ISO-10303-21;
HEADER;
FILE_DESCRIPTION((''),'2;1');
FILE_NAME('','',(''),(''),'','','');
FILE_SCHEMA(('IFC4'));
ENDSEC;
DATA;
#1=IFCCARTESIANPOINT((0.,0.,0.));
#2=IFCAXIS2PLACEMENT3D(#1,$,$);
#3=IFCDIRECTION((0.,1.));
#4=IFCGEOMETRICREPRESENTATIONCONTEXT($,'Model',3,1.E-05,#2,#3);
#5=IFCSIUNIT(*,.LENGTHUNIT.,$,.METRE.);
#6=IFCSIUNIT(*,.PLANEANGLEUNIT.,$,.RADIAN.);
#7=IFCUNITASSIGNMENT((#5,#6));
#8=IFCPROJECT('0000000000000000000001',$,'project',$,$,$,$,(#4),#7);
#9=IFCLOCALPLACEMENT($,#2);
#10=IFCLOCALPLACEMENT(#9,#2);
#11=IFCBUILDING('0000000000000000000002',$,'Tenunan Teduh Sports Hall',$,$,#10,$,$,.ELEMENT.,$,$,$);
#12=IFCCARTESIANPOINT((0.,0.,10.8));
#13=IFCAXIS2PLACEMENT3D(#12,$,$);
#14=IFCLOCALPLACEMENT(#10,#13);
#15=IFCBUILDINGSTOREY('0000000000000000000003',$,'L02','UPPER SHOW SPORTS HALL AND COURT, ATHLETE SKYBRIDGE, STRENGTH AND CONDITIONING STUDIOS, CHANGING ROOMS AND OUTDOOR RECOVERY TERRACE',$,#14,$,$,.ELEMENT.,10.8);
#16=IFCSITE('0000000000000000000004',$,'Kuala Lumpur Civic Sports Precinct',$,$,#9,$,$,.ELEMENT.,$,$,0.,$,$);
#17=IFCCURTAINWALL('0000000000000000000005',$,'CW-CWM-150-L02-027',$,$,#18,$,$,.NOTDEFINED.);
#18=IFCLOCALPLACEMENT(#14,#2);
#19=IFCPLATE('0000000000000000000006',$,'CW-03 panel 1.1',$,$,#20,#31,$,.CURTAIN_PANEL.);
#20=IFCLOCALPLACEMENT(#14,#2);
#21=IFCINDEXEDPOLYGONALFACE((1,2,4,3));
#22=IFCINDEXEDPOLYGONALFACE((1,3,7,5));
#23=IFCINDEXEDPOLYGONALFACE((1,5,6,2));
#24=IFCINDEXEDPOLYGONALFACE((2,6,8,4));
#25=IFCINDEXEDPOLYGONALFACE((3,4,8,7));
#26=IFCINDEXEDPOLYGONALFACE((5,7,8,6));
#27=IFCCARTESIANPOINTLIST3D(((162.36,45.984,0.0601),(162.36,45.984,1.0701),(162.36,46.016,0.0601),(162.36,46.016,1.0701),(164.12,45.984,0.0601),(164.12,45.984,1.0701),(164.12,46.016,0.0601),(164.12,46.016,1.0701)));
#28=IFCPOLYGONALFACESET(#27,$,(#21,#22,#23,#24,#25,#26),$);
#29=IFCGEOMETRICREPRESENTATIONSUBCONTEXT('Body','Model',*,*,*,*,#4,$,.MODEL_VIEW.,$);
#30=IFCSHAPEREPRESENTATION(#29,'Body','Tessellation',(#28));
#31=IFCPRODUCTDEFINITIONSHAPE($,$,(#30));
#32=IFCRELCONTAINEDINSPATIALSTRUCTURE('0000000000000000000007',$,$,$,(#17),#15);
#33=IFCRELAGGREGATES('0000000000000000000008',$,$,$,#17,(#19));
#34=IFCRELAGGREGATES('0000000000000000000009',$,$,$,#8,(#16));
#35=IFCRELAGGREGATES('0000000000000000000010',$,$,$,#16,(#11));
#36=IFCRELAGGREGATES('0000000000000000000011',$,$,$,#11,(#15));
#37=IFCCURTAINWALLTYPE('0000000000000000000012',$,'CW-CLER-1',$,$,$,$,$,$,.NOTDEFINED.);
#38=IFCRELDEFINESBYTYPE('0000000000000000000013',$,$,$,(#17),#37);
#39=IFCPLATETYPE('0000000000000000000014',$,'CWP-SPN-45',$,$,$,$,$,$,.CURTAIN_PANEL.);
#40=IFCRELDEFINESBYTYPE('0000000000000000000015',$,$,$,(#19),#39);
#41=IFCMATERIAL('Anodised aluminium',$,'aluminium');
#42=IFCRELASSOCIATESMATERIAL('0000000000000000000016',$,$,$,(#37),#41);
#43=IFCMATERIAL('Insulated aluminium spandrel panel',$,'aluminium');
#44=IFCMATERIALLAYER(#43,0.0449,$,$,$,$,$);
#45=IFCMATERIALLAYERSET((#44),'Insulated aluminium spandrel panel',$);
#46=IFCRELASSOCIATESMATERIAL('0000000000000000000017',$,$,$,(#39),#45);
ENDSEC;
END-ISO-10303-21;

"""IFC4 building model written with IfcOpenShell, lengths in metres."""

from ifc_helpers import new_model, si_unit, direction, frame, origin, origin_2d, place, context, subcontext, project, spatial, rectangle, extrude, material, layer, layer_set, type_object, element, aggregate, save


model = new_model("IFC4")

# Units and contexts
model_context = context("Model", 3, precision=1e-05, world=origin(), true_north=direction((0.0, 1.0)))
body_context = subcontext(model_context, "Body", "Model", "MODEL_VIEW")
ifc_project = project(units=[si_unit("LENGTHUNIT", "METRE"), si_unit("PLANEANGLEUNIT", "RADIAN")], contexts=[model_context])

# Site, building, storey
site_placement = place(None, origin())
site = spatial("IfcSite", under=ifc_project, at=site_placement, Name="Kuala Lumpur Civic Sports Precinct", CompositionType="ELEMENT", RefElevation=0.0)
building_placement = place(site_placement, origin())
building = spatial("IfcBuilding", under=site, at=building_placement, Name="Tenunan Teduh Sports Hall", CompositionType="ELEMENT")
storey_placement = place(building_placement, frame((0.0, 0.0, 10.8)))
storey = spatial("IfcBuildingStorey", under=building, at=storey_placement, Name="L02", Description="UPPER SHOW SPORTS HALL AND COURT, ATHLETE SKYBRIDGE, STRENGTH AND CONDITIONING STUDIOS, CHANGING ROOMS AND OUTDOOR RECOVERY TERRACE", CompositionType="ELEMENT", Elevation=10.8)

# Curtain wall
ifc_material_1 = material(Name="Anodised aluminium", Category="aluminium")
curtain_wall_type = type_object("IfcCurtainWallType", Name="CW-CLER-1", PredefinedType="NOTDEFINED", material=ifc_material_1)
curtain_wall_1_placement = place(storey_placement, origin())
curtain_wall_1 = element("IfcCurtainWall", 1, at=curtain_wall_1_placement, inside=storey, type_object=curtain_wall_type, Name="CW-CWM-150-L02-027", PredefinedType="NOTDEFINED")

# Plate
ifc_material_2 = material(Name="Insulated aluminium spandrel panel", Category="aluminium")
ifc_layer_1 = layer(ifc_material_2, 0.0449)
ifc_layer_set_1 = layer_set([ifc_layer_1], Name="Insulated aluminium spandrel panel")
plate_type_1 = type_object("IfcPlateType", Name="CWP-SPN-45", PredefinedType="CURTAIN_PANEL", material=ifc_layer_set_1)
plate_1_placement = place(storey_placement, frame((163.24, 46.0, 0.0601), z_axis=(0.0, 0.0, 1.0), x_axis=(1.0, 0.0, 0.0)))
plate_1 = element("IfcPlate", 2, at=plate_1_placement, type_object=plate_type_1, Name="CW-03 panel 1.1", PredefinedType="CURTAIN_PANEL", context=body_context, shape_type="SweptSolid", body=[
    extrude(rectangle(XDim=1.76, YDim=0.032, at=origin_2d()), origin(), (0.0, 0.0, 1.0), 1.01),
])
aggregate(curtain_wall_1, [plate_1])

save(model, "model.ifc")
